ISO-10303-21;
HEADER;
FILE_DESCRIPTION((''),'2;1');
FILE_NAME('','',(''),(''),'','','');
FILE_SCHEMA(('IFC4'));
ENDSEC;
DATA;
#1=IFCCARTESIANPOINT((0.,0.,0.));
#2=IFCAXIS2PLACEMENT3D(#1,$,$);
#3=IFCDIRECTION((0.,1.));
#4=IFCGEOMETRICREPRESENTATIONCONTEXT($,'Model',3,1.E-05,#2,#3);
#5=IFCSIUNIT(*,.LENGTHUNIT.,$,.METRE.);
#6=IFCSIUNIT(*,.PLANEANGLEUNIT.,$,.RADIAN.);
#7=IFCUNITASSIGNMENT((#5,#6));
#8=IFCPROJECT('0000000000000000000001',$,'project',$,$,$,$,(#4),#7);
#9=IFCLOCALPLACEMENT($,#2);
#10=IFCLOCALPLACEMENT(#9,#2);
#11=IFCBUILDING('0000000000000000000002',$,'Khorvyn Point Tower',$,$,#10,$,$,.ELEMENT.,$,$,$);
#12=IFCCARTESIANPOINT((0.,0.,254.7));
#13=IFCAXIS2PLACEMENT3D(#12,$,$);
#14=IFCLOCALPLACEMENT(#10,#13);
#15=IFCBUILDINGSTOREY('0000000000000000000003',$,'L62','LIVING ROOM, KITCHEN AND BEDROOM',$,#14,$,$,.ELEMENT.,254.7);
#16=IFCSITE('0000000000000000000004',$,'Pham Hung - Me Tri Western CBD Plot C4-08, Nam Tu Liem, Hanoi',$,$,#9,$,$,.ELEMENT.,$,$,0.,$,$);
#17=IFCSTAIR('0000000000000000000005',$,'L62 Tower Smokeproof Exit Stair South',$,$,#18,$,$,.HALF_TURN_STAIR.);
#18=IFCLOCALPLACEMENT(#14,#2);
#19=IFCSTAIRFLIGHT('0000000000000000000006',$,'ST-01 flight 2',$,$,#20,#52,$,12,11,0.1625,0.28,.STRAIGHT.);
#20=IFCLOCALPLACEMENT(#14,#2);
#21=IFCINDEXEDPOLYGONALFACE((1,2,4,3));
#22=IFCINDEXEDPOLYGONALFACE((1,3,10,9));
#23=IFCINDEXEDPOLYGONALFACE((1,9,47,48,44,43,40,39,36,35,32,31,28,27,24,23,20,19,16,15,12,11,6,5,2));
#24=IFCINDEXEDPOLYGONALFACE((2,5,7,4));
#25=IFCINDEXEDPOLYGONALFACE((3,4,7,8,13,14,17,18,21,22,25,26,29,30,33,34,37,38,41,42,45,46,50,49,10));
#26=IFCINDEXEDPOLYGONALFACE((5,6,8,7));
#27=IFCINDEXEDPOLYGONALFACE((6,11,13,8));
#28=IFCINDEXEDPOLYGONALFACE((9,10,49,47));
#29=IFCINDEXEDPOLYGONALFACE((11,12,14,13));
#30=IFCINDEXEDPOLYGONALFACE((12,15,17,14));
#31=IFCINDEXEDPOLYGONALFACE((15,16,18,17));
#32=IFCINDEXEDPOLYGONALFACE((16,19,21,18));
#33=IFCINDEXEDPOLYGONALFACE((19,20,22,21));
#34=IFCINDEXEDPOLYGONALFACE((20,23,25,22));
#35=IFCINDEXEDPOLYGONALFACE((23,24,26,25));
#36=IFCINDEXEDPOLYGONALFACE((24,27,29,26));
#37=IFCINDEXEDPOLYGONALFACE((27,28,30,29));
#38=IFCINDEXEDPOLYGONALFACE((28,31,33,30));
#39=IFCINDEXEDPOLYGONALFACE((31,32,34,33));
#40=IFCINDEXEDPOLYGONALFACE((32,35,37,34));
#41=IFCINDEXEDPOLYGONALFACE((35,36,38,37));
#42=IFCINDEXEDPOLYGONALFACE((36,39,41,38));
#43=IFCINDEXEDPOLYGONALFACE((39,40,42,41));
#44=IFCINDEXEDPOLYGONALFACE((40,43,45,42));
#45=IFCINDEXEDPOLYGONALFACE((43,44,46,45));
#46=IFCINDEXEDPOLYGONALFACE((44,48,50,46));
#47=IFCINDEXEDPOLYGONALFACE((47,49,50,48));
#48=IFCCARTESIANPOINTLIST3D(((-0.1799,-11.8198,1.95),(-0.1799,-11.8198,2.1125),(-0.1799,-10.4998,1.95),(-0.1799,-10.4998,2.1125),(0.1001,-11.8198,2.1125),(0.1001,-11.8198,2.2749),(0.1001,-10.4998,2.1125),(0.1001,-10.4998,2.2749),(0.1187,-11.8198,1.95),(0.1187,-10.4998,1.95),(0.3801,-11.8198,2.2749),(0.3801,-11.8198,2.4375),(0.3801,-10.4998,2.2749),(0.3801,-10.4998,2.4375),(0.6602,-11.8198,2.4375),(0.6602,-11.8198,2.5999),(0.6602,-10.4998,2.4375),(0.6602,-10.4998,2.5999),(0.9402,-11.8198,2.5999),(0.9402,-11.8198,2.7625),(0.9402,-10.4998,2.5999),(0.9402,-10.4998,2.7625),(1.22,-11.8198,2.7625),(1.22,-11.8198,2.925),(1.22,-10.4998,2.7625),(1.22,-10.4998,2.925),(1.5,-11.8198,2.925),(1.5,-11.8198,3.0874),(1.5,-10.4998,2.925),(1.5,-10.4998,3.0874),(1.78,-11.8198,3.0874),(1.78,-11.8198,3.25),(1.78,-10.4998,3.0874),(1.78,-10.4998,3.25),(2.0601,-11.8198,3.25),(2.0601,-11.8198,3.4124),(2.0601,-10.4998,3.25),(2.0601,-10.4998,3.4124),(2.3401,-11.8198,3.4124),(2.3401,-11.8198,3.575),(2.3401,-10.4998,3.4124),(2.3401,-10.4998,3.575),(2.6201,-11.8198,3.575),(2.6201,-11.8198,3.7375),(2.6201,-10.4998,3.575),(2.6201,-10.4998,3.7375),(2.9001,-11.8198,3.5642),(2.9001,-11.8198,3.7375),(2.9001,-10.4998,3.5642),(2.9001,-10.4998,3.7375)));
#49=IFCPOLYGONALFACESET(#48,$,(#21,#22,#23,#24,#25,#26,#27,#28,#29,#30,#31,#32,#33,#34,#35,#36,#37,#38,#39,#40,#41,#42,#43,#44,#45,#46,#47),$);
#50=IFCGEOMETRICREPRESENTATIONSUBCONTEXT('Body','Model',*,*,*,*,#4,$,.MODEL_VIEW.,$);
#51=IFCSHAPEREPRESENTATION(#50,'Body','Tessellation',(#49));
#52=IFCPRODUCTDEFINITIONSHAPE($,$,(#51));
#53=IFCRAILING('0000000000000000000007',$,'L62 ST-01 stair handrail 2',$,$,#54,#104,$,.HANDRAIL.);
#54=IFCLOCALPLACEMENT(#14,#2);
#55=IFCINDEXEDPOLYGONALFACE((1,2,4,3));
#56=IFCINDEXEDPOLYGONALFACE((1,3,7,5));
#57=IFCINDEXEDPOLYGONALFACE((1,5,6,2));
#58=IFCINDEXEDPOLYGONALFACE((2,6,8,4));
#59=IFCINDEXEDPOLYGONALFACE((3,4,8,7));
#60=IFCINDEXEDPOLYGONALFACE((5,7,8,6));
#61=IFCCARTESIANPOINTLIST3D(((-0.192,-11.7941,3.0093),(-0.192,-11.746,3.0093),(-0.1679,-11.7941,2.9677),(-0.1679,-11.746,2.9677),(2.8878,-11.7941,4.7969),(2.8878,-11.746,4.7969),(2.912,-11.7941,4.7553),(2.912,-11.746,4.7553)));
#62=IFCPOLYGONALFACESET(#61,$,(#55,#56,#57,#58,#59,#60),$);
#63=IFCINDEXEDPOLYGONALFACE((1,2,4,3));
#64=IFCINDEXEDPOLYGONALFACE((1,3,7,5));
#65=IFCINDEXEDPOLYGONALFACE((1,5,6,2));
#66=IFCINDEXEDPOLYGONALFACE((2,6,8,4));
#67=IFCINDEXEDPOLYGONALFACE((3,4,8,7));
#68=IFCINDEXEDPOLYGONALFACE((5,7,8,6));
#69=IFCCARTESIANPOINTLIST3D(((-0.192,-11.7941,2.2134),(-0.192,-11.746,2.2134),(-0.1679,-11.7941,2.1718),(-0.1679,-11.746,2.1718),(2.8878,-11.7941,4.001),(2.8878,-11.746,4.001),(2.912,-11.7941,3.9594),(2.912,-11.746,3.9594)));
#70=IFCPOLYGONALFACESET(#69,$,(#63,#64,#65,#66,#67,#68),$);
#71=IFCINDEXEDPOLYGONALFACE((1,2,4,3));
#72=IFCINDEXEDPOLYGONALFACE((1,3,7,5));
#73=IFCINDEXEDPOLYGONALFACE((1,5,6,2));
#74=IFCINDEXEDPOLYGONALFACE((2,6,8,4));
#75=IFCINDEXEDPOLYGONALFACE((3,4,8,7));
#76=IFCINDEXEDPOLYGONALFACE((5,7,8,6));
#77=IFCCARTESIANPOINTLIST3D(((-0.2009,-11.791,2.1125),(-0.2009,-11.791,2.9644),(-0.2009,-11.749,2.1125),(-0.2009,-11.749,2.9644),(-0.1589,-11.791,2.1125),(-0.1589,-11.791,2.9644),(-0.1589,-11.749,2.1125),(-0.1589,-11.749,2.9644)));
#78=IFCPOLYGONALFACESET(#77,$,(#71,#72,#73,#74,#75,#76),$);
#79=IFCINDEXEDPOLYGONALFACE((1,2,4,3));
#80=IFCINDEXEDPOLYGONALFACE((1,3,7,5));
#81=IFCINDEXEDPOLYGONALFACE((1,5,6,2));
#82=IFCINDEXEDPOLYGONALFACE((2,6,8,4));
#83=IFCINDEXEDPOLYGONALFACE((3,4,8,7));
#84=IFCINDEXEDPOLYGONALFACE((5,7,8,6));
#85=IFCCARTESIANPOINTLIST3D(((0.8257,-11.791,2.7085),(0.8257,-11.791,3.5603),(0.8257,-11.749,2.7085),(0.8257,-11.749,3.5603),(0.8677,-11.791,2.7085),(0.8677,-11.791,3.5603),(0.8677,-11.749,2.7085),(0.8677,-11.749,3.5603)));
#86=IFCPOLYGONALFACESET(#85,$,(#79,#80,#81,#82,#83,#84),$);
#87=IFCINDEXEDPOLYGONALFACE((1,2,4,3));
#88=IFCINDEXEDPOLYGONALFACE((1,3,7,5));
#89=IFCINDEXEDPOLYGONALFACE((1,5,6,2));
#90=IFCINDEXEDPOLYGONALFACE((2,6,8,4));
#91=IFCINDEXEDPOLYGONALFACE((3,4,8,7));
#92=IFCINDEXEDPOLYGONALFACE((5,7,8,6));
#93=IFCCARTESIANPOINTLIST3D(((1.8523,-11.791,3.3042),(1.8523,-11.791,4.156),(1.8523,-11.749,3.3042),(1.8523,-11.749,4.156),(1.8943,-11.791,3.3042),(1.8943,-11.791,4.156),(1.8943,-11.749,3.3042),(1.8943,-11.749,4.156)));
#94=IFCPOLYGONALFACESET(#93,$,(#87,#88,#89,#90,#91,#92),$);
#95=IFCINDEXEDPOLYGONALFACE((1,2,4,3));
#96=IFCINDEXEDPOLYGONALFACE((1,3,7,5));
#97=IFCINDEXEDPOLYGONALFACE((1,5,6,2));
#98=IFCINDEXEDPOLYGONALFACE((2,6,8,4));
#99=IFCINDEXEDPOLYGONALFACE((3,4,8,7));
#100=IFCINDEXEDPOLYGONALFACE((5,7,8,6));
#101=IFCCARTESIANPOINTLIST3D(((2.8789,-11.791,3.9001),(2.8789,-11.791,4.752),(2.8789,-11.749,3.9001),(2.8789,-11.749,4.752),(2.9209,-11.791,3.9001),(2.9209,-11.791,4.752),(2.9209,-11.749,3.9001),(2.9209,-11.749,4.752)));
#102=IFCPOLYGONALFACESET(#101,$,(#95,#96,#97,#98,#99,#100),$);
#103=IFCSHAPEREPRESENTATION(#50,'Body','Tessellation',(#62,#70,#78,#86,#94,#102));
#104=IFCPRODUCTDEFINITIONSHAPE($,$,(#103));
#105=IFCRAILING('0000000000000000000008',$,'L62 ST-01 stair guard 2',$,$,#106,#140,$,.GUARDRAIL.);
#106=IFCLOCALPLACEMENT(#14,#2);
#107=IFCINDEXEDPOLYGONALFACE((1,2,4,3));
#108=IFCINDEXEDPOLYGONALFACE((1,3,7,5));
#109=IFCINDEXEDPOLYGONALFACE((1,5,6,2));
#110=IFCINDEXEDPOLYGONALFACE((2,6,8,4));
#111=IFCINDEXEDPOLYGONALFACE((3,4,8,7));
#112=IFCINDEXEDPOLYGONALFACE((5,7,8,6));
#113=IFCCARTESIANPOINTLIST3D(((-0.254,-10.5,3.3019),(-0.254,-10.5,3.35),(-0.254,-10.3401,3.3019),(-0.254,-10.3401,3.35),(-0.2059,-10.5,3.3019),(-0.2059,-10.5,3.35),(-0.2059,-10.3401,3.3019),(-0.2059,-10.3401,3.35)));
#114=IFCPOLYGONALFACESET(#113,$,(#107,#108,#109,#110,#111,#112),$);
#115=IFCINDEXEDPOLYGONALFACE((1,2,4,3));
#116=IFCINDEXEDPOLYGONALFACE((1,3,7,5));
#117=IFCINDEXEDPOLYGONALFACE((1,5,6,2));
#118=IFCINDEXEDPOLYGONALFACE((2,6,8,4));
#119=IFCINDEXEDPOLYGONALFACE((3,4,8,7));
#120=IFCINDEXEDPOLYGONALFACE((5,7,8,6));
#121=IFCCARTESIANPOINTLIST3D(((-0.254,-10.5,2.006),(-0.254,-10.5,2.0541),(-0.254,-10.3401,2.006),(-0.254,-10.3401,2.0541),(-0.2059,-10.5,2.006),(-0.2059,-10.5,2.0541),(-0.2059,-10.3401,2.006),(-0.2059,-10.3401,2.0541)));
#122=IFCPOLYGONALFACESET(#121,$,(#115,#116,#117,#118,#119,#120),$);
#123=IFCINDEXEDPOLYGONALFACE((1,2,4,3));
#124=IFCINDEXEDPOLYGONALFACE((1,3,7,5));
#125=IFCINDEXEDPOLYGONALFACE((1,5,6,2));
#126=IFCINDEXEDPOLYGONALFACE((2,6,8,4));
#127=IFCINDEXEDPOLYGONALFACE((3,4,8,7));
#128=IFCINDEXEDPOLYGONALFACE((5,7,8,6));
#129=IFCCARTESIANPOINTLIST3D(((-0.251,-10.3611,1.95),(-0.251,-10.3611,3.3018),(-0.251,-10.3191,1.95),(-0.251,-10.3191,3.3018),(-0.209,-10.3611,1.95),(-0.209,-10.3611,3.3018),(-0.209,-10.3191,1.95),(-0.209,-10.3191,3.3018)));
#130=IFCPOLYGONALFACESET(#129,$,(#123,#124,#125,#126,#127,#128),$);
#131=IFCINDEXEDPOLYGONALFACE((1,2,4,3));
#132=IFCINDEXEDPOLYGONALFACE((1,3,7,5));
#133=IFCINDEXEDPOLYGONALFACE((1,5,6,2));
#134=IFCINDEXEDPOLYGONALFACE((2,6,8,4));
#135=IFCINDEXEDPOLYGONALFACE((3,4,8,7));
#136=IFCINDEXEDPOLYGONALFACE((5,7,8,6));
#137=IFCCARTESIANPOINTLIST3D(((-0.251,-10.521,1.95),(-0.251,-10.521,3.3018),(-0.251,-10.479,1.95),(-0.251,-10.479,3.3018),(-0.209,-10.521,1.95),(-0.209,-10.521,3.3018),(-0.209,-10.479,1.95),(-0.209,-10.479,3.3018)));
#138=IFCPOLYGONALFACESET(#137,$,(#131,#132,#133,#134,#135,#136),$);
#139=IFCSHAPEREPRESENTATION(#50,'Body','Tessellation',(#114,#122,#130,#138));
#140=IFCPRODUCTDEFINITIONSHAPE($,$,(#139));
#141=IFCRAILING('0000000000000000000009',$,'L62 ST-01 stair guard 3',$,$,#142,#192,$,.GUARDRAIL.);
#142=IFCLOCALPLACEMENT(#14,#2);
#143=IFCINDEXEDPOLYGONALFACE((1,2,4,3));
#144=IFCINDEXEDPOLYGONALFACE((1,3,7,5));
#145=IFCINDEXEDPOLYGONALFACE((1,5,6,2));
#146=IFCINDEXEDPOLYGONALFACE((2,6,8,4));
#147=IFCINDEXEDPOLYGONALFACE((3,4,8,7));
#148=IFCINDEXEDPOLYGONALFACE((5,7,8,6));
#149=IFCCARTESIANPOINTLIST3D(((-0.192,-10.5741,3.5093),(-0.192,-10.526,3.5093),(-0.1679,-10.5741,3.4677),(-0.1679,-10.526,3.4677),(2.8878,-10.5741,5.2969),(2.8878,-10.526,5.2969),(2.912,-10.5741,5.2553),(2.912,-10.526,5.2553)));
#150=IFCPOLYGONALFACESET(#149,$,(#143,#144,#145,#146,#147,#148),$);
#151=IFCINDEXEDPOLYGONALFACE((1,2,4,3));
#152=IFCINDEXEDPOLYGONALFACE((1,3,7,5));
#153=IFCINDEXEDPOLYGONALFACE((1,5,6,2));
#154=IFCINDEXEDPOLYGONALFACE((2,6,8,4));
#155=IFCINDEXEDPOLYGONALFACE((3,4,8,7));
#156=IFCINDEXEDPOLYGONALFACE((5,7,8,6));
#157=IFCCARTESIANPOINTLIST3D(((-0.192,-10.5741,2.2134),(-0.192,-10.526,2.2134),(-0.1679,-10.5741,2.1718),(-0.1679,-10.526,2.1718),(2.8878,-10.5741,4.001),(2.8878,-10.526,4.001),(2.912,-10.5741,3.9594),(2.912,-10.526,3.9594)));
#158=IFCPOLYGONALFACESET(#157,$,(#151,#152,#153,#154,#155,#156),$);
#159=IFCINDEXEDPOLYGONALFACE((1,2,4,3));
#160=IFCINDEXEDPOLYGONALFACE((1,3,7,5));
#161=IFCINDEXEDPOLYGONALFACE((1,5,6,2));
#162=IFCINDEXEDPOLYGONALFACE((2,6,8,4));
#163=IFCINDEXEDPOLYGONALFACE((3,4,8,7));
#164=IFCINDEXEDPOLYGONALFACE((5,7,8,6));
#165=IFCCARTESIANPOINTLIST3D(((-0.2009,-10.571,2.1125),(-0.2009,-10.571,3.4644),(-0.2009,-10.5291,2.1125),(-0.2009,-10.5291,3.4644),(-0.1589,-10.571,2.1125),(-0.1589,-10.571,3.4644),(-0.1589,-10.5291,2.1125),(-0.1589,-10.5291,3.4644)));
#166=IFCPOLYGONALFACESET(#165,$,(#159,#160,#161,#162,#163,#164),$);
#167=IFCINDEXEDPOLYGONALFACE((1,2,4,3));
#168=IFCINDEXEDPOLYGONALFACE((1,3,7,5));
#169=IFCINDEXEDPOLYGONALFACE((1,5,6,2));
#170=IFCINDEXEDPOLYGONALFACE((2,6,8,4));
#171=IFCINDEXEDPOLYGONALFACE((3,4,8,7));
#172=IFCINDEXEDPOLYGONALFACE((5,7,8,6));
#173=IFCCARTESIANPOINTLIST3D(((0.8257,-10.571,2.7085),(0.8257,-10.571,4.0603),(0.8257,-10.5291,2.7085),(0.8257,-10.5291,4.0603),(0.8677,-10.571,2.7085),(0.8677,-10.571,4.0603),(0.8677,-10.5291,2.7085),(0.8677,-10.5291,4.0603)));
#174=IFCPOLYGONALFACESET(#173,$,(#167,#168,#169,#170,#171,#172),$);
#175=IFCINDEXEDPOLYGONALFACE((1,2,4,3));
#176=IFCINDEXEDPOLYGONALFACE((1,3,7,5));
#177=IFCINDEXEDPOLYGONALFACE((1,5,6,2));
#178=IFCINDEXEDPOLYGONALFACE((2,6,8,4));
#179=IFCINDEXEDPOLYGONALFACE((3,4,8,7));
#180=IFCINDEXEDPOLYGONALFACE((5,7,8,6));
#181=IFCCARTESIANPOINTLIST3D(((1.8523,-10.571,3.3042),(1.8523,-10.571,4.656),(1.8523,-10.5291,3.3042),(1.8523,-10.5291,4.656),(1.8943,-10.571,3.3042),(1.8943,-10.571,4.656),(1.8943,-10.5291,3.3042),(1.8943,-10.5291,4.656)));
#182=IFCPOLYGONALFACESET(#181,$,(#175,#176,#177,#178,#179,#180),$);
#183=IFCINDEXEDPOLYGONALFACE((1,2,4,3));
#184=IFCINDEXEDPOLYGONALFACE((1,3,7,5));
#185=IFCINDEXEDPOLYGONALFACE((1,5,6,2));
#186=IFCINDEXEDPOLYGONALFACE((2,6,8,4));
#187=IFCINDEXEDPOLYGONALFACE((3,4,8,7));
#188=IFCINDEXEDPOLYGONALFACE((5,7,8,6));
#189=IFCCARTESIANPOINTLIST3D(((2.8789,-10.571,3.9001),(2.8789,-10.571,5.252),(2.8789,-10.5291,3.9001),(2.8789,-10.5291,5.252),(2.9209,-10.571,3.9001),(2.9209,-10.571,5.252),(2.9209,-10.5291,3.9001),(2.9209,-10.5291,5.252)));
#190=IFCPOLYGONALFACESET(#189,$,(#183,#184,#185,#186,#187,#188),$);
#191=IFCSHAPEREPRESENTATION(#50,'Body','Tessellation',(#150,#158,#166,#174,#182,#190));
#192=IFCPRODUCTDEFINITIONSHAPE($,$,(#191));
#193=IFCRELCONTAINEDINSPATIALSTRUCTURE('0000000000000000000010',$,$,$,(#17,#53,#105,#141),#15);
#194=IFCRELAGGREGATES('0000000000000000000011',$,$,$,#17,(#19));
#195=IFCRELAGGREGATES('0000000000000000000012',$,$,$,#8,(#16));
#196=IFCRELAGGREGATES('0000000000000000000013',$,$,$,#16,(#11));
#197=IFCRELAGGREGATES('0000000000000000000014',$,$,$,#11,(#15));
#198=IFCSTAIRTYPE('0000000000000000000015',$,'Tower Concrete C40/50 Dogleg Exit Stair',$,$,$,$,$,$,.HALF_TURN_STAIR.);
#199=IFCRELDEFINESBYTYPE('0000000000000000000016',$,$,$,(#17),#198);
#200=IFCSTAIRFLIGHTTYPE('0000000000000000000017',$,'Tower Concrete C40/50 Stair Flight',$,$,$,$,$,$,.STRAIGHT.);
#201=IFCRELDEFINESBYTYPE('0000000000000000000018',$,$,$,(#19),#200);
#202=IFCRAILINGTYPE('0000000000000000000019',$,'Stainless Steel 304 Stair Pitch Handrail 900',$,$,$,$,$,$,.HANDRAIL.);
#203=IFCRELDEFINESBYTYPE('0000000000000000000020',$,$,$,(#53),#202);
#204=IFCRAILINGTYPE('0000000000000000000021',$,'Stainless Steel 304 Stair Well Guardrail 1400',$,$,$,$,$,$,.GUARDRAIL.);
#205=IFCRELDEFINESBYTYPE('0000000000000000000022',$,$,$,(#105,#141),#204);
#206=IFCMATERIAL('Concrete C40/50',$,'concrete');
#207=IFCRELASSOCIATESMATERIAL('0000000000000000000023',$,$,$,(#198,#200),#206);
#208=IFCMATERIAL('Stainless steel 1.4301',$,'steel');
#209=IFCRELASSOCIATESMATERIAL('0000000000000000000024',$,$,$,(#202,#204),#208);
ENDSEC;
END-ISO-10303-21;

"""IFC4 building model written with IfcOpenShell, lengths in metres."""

from ifc_helpers import new_model, si_unit, direction, frame, origin, origin_2d, place, context, subcontext, project, spatial, polyline, rectangle, outline, extrude, material, type_object, element, aggregate, save


model = new_model("IFC4")

# Units and contexts
model_context = context("Model", 3, precision=1e-05, world=origin(), true_north=direction((0.0, 1.0)))
body_context = subcontext(model_context, "Body", "Model", "MODEL_VIEW")
ifc_project = project(units=[si_unit("LENGTHUNIT", "METRE"), si_unit("PLANEANGLEUNIT", "RADIAN")], contexts=[model_context])

# Site, building, storey
site_placement = place(None, origin())
site = spatial("IfcSite", under=ifc_project, at=site_placement, Name="Pham Hung - Me Tri Western CBD Plot C4-08, Nam Tu Liem, Hanoi", CompositionType="ELEMENT", RefElevation=0.0)
building_placement = place(site_placement, origin())
building = spatial("IfcBuilding", under=site, at=building_placement, Name="Khorvyn Point Tower", CompositionType="ELEMENT")
storey_placement = place(building_placement, frame((0.0, 0.0, 254.7)))
storey = spatial("IfcBuildingStorey", under=building, at=storey_placement, Name="L62", Description="LIVING ROOM, KITCHEN AND BEDROOM", CompositionType="ELEMENT", Elevation=254.7)

# Shared definitions
ifc_material_1 = material(Name="Concrete C40/50", Category="concrete")

# Shared definitions
ifc_material_2 = material(Name="Stainless steel 1.4301", Category="steel")

# Stair, stair flight
stair_type = type_object("IfcStairType", Name="Tower Concrete C40/50 Dogleg Exit Stair", PredefinedType="HALF_TURN_STAIR", material=ifc_material_1)
stair_placement = place(storey_placement, origin())
stair = element("IfcStair", 1, at=stair_placement, inside=storey, type_object=stair_type, Name="L62 Tower Smokeproof Exit Stair South", PredefinedType="HALF_TURN_STAIR")
stair_flight_type = type_object("IfcStairFlightType", Name="Tower Concrete C40/50 Stair Flight", PredefinedType="STRAIGHT", material=ifc_material_1)
stair_flight_placement = place(storey_placement, frame((-0.1799, -11.1599, 1.95), z_axis=(0.0, 0.0, 1.0), x_axis=(1.0, 0.0, 0.0)))
stair_flight = element("IfcStairFlight", 2, at=stair_flight_placement, type_object=stair_flight_type, Name="ST-01 flight 2", NumberOfRisers=12, NumberOfTreads=11, PredefinedType="STRAIGHT", RiserHeight=0.1625, TreadLength=0.28, context=body_context, shape_type="SweptSolid", body=[
    extrude(outline(polyline([(0.0, 0.0), (0.0, 0.1626), (0.28, 0.1626), (0.28, 0.325), (0.5601, 0.325), (0.5601, 0.4875), (0.8401, 0.4875), (0.8401, 0.6499), (1.1201, 0.6499), (1.1201, 0.8125), (1.3999, 0.8125), (1.3999, 0.9751), (1.6799, 0.9751), (1.6799, 1.1375), (1.96, 1.1375), (1.96, 1.3), (2.24, 1.3), (2.24, 1.4624), (2.52, 1.4624), (2.52, 1.625), (2.8, 1.625), (2.8, 1.7876), (3.0801, 1.7876), (3.0801, 1.95), (3.0801, 1.6143), (0.2986, 0.0), (0.0, 0.0)])), frame((0.0, 0.6602, 0.0), z_axis=(0.0, -1.0, 0.0), x_axis=(1.0, 0.0, 0.0)), (0.0, 0.0, 1.0), 1.3201),
])
aggregate(stair, [stair_flight])

# Railings
railing_type_1 = type_object("IfcRailingType", Name="Stainless Steel 304 Stair Pitch Handrail 900", PredefinedType="HANDRAIL", material=ifc_material_2)
railing_1_placement = place(storey_placement, frame((-0.1799, -11.77, 2.1125)))
element("IfcRailing", 3, at=railing_1_placement, inside=storey, type_object=railing_type_1, Name="L62 ST-01 stair handrail 2", PredefinedType="HANDRAIL", context=body_context, shape_type="SweptSolid", body=[
    extrude(rectangle(XDim=0.0481, YDim=0.0481, at=origin_2d()), frame((0.0, 0.0, 0.876), z_axis=(0.864873, 0.0, 0.50199), x_axis=(0.0, 1.0, 0.0)), (0.0, 0.0, 1.0), 3.561),
    extrude(rectangle(XDim=0.0481, YDim=0.0481, at=origin_2d()), frame((0.0, 0.0, 0.0801), z_axis=(0.864873, 0.0, 0.50199), x_axis=(0.0, 1.0, 0.0)), (0.0, 0.0, 1.0), 3.561),
    extrude(rectangle(XDim=0.042, YDim=0.042, at=origin_2d()), origin(), (0.0, 0.0, 1.0), 0.8518),
    extrude(rectangle(XDim=0.042, YDim=0.042, at=origin_2d()), frame((1.0266, 0.0, 0.5959)), (0.0, 0.0, 1.0), 0.8518),
    extrude(rectangle(XDim=0.042, YDim=0.042, at=origin_2d()), frame((2.0532, 0.0, 1.1917)), (0.0, 0.0, 1.0), 0.8518),
    extrude(rectangle(XDim=0.042, YDim=0.042, at=origin_2d()), frame((3.0798, 0.0, 1.7876)), (0.0, 0.0, 1.0), 0.8518),
])
railing_type_2 = type_object("IfcRailingType", Name="Stainless Steel 304 Stair Well Guardrail 1400", PredefinedType="GUARDRAIL", material=ifc_material_2)
railing_2_placement = place(storey_placement, frame((-0.23, -10.3401, 1.95)))
element("IfcRailing", 4, at=railing_2_placement, inside=storey, type_object=railing_type_2, Name="L62 ST-01 stair guard 2", PredefinedType="GUARDRAIL", context=body_context, shape_type="SweptSolid", body=[
    extrude(rectangle(XDim=0.0481, YDim=0.0481, at=origin_2d()), frame((0.0, 0.0, 1.376), z_axis=(0.0, -1.0, 0.0), x_axis=(1.0, 0.0, 0.0)), (0.0, 0.0, 1.0), 0.1599),
    extrude(rectangle(XDim=0.0481, YDim=0.0481, at=origin_2d()), frame((0.0, 0.0, 0.0801), z_axis=(0.0, -1.0, 0.0), x_axis=(1.0, 0.0, 0.0)), (0.0, 0.0, 1.0), 0.1599),
    extrude(rectangle(XDim=0.042, YDim=0.042, at=origin_2d()), origin(), (0.0, 0.0, 1.0), 1.3518),
    extrude(rectangle(XDim=0.042, YDim=0.042, at=origin_2d()), frame((0.0, -0.1599, 0.0)), (0.0, 0.0, 1.0), 1.3518),
])
railing_3_placement = place(storey_placement, frame((-0.1799, -10.55, 2.1125)))
element("IfcRailing", 5, at=railing_3_placement, inside=storey, type_object=railing_type_2, Name="L62 ST-01 stair guard 3", PredefinedType="GUARDRAIL", context=body_context, shape_type="SweptSolid", body=[
    extrude(rectangle(XDim=0.0481, YDim=0.0481, at=origin_2d()), frame((0.0, 0.0, 1.376), z_axis=(0.864873, 0.0, 0.50199), x_axis=(0.0, 1.0, 0.0)), (0.0, 0.0, 1.0), 3.561),
    extrude(rectangle(XDim=0.0481, YDim=0.0481, at=origin_2d()), frame((0.0, 0.0, 0.0801), z_axis=(0.864873, 0.0, 0.50199), x_axis=(0.0, 1.0, 0.0)), (0.0, 0.0, 1.0), 3.561),
    extrude(rectangle(XDim=0.042, YDim=0.042, at=origin_2d()), origin(), (0.0, 0.0, 1.0), 1.3518),
    extrude(rectangle(XDim=0.042, YDim=0.042, at=origin_2d()), frame((1.0266, 0.0, 0.5959)), (0.0, 0.0, 1.0), 1.3518),
    extrude(rectangle(XDim=0.042, YDim=0.042, at=origin_2d()), frame((2.0532, 0.0, 1.1917)), (0.0, 0.0, 1.0), 1.3518),
    extrude(rectangle(XDim=0.042, YDim=0.042, at=origin_2d()), frame((3.0798, 0.0, 1.7876)), (0.0, 0.0, 1.0), 1.3518),
])

save(model, "model.ifc")
